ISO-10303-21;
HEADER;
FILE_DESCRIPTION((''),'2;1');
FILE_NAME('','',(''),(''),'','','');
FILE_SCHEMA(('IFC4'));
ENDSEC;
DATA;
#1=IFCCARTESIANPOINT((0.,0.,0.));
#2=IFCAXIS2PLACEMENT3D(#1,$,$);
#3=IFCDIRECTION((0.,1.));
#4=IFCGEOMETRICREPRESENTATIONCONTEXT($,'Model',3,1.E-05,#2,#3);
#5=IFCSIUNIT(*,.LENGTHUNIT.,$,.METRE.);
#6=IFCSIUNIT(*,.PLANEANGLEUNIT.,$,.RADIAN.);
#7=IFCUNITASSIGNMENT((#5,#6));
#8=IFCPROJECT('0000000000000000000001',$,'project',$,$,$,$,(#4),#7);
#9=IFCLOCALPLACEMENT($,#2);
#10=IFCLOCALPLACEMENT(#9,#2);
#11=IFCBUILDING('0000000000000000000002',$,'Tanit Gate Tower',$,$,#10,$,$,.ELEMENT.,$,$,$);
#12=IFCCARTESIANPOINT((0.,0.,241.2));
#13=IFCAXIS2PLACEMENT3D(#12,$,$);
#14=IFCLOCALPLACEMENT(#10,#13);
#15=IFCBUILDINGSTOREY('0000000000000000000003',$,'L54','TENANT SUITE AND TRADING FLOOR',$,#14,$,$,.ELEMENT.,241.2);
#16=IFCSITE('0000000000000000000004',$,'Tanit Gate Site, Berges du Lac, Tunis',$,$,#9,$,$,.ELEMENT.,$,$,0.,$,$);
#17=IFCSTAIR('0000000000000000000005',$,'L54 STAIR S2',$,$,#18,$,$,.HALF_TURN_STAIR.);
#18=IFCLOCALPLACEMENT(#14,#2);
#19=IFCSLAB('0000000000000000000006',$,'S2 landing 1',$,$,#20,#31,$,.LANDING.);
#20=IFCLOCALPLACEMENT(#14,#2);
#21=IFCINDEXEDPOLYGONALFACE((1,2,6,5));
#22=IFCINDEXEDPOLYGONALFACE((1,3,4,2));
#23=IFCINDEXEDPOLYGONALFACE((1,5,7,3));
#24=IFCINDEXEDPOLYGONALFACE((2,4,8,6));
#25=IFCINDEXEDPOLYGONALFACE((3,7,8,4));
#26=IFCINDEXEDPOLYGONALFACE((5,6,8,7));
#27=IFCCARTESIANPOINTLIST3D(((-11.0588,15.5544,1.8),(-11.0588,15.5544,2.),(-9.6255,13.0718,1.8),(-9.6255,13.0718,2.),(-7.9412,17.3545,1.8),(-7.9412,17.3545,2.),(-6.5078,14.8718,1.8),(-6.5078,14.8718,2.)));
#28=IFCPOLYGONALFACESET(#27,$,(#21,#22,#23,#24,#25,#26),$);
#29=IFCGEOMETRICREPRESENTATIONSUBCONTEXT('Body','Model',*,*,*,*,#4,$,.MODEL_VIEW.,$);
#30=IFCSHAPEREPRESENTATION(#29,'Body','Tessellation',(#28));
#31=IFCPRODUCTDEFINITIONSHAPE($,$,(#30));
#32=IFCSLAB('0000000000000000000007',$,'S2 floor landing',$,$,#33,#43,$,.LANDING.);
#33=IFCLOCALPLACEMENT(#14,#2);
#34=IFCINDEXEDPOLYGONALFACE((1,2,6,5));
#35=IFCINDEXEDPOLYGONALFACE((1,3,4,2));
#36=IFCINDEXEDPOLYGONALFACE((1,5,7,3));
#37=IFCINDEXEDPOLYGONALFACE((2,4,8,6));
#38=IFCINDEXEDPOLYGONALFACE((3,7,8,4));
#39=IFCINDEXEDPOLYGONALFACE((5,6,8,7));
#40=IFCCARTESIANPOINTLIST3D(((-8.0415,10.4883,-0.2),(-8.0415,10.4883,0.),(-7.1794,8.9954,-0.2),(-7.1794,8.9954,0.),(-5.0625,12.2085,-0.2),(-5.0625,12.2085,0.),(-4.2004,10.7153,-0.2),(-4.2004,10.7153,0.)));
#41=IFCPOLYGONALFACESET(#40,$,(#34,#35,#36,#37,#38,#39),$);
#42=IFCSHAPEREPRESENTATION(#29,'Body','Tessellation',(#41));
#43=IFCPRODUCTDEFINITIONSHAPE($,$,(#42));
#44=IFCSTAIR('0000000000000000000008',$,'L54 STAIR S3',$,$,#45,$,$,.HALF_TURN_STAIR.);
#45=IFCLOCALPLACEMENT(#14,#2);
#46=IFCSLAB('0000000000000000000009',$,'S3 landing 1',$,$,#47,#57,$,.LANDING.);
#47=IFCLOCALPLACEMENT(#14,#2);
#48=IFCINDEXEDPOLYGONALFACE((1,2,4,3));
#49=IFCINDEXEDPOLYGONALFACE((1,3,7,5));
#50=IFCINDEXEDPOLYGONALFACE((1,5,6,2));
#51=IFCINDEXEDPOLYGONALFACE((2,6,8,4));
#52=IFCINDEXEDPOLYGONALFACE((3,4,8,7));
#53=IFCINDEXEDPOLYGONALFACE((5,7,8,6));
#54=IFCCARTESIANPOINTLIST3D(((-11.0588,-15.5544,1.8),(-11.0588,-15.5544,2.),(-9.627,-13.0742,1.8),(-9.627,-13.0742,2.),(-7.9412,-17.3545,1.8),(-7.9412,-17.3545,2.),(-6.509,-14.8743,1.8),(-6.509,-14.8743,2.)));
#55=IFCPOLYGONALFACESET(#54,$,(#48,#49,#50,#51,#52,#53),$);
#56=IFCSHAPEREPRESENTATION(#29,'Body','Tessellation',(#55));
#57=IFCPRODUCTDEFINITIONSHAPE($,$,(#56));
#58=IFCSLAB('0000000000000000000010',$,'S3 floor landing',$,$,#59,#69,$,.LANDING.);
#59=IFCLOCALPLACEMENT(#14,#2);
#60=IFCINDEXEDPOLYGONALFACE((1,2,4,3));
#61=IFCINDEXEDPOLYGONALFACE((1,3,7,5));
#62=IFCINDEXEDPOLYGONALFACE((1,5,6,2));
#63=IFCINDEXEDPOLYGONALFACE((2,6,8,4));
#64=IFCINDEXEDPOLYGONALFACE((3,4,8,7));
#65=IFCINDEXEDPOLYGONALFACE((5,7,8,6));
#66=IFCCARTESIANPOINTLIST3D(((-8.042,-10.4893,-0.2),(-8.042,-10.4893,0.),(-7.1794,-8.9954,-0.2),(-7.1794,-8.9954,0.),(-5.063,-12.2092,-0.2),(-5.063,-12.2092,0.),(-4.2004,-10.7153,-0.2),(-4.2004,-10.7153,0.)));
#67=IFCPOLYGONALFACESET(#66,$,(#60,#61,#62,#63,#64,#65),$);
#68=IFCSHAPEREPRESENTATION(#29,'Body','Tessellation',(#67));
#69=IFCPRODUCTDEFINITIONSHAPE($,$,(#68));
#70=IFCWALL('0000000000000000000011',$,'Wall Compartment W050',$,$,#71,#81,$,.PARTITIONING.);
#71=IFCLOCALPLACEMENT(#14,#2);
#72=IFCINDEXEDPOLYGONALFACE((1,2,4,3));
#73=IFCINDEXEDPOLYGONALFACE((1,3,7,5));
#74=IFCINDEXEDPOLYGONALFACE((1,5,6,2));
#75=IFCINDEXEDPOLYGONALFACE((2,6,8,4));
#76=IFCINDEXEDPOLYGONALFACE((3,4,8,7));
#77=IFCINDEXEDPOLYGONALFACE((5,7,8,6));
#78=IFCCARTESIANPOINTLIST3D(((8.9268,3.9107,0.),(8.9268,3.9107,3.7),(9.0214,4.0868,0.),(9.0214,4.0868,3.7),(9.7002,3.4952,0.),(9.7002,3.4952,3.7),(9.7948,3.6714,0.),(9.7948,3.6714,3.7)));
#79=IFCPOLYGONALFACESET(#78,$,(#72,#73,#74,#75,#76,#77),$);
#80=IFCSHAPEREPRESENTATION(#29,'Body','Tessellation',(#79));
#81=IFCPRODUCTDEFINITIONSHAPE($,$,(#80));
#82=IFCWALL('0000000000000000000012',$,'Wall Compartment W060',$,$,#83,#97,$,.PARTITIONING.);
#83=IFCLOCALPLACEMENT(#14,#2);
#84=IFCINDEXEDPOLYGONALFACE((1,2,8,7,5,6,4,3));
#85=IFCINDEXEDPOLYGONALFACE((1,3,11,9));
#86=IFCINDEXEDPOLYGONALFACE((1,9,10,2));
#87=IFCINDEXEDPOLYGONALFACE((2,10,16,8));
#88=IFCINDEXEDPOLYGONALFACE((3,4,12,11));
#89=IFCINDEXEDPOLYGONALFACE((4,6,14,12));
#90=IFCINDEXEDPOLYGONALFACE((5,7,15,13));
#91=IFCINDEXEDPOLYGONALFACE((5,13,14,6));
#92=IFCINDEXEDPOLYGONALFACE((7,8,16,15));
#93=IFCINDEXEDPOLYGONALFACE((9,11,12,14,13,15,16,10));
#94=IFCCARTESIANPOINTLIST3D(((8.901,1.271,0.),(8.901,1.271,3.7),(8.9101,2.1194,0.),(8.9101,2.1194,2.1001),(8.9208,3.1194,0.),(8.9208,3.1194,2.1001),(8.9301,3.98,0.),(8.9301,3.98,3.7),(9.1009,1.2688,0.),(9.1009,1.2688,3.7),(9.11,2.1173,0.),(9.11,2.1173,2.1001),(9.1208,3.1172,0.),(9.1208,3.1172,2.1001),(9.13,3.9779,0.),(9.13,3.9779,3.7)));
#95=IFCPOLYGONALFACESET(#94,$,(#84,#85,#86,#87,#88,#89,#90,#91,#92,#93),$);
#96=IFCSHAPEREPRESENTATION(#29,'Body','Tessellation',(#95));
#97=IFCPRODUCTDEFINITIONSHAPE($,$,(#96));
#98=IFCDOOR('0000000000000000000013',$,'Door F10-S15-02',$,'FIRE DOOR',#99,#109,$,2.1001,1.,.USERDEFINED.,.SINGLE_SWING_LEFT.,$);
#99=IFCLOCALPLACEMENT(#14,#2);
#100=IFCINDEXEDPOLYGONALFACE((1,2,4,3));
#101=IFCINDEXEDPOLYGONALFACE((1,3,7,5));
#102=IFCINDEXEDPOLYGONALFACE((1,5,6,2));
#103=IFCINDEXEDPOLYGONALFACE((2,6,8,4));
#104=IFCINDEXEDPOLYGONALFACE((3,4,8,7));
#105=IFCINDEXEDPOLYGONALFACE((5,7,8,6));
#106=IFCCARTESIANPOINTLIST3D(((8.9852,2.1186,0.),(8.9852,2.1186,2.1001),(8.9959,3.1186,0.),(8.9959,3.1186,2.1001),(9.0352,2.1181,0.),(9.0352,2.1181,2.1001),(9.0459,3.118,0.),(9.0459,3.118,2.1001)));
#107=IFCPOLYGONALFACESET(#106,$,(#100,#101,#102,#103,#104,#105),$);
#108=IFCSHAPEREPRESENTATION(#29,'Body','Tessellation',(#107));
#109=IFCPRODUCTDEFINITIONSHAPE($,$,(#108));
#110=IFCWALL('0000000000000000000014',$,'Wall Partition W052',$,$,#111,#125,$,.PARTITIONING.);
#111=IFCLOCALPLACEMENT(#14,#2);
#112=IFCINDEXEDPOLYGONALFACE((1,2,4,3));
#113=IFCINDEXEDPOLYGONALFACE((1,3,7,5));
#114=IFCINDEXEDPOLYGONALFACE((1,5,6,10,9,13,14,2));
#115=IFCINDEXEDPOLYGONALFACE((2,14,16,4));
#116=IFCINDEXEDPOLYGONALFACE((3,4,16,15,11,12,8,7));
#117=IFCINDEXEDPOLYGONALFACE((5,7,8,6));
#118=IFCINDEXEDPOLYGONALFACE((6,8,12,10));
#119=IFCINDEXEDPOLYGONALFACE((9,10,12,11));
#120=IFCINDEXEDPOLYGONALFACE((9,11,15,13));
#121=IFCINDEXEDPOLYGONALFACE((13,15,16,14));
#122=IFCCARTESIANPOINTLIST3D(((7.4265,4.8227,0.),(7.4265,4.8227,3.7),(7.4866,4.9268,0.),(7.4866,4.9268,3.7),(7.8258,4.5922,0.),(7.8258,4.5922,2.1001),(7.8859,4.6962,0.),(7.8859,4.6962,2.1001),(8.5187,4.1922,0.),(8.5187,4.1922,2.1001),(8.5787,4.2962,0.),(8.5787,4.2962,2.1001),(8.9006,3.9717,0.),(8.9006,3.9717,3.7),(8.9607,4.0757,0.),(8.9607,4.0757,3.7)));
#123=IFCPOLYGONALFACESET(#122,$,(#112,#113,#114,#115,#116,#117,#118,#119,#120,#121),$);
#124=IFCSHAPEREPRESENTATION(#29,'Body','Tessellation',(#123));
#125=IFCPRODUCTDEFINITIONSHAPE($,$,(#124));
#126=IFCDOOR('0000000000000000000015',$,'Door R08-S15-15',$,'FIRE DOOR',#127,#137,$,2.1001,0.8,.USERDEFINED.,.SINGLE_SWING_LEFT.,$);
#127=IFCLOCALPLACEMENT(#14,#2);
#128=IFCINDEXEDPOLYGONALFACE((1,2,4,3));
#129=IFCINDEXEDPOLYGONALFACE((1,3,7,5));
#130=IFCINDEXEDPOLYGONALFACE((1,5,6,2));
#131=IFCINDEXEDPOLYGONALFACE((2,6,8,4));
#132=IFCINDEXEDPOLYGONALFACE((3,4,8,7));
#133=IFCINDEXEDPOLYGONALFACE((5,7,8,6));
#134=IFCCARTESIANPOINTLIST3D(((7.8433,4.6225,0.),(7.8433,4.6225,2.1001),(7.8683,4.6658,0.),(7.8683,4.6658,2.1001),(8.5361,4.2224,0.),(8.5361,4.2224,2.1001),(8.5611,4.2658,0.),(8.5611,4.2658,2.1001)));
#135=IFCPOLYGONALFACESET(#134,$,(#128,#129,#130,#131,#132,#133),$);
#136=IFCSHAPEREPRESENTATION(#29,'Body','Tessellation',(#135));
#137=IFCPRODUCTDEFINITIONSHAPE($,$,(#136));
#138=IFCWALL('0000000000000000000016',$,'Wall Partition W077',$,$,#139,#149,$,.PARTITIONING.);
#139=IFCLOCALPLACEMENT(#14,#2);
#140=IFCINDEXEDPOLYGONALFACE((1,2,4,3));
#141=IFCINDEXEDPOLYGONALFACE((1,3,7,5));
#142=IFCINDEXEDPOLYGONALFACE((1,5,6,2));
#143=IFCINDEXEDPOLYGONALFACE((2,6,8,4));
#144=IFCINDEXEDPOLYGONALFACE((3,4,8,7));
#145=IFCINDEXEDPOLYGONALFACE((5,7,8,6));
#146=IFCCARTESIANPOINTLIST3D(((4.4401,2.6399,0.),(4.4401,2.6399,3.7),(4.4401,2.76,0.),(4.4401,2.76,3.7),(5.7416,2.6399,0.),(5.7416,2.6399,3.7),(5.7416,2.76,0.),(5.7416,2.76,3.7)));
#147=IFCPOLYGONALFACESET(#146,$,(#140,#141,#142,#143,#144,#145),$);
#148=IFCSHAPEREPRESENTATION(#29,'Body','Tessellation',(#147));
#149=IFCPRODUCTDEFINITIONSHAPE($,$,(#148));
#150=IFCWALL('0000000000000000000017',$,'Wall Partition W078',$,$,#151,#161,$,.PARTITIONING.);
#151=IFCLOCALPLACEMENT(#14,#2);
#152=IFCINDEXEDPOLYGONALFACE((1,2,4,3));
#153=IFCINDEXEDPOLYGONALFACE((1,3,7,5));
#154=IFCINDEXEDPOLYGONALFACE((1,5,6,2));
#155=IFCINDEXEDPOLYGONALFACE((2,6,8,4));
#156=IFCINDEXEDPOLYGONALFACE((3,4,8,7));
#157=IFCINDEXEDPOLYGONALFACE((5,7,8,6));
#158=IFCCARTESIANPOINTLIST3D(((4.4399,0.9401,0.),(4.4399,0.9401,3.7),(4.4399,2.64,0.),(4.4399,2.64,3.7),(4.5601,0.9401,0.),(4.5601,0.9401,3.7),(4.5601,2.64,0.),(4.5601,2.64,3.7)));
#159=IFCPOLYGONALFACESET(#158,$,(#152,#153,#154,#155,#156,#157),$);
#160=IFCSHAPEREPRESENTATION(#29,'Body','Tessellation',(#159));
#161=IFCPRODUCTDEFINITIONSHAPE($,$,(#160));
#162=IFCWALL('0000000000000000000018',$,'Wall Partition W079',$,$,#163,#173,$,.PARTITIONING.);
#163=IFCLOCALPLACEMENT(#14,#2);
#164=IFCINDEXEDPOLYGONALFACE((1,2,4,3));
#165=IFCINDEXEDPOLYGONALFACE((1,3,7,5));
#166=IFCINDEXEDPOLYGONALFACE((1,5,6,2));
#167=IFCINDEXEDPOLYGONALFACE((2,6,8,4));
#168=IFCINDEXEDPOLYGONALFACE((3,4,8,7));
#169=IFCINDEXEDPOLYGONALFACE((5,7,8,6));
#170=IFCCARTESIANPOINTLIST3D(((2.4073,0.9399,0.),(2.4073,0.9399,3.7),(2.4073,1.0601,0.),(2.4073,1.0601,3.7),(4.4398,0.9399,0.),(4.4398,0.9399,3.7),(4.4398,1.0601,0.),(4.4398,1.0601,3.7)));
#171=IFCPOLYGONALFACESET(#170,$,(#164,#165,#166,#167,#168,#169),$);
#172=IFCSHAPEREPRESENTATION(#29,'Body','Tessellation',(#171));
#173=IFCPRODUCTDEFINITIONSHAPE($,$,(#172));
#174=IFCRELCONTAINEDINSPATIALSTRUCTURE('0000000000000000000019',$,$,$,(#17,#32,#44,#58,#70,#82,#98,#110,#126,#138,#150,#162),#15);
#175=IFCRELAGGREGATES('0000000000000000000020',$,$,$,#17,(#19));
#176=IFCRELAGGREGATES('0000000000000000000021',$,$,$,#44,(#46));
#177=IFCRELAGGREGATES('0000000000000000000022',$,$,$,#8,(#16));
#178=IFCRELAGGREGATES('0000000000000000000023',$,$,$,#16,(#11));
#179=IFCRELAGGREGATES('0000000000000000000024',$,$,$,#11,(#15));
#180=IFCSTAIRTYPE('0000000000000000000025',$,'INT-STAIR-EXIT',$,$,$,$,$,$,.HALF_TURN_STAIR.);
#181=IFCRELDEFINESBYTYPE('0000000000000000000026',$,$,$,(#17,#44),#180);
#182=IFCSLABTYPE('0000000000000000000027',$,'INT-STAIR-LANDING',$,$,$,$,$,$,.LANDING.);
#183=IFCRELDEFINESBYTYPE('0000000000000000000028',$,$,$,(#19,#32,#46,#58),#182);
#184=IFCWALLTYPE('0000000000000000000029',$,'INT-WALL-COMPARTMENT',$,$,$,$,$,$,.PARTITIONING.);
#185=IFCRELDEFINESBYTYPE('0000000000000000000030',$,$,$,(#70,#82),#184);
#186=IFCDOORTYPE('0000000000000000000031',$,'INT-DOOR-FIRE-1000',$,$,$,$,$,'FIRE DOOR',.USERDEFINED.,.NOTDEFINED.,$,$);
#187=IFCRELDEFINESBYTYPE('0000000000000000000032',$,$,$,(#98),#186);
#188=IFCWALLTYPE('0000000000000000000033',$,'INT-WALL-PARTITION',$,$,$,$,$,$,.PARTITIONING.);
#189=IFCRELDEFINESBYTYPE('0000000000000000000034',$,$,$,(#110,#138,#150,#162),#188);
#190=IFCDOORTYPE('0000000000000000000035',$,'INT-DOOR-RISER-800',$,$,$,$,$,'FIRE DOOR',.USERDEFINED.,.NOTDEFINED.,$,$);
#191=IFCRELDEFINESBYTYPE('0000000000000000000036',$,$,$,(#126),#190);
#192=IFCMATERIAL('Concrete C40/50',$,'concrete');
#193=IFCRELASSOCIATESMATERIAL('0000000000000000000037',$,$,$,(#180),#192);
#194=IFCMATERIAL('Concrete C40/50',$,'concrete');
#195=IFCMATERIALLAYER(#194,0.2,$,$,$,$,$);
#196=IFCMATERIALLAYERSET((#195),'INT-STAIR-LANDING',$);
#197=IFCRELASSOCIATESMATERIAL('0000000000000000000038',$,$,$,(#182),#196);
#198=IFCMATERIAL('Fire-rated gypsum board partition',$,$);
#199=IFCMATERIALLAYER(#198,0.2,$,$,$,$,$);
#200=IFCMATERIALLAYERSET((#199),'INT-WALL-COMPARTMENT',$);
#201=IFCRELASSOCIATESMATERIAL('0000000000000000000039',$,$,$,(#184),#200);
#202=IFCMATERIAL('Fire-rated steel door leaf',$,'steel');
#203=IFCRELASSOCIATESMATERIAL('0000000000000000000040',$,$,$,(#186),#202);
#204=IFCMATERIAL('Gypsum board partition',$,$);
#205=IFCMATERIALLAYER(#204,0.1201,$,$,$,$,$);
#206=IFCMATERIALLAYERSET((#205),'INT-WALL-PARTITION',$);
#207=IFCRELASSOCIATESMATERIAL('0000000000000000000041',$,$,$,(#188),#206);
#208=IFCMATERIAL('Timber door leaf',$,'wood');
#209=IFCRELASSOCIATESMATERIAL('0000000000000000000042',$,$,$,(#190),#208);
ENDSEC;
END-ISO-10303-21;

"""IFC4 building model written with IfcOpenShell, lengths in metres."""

from ifc_helpers import new_model, si_unit, direction, frame, frame_2d, origin, place, context, subcontext, project, spatial, polyline, rectangle, outline, extrude, material, layer, layer_set, type_object, element, fill, aggregate, save


model = new_model("IFC4")

# Units and contexts
model_context = context("Model", 3, precision=1e-05, world=origin(), true_north=direction((0.0, 1.0)))
body_context = subcontext(model_context, "Body", "Model", "MODEL_VIEW")
ifc_project = project(units=[si_unit("LENGTHUNIT", "METRE"), si_unit("PLANEANGLEUNIT", "RADIAN")], contexts=[model_context])

# Site, building, storey
site_placement = place(None, origin())
site = spatial("IfcSite", under=ifc_project, at=site_placement, Name="Tanit Gate Site, Berges du Lac, Tunis", CompositionType="ELEMENT", RefElevation=0.0)
building_placement = place(site_placement, origin())
building = spatial("IfcBuilding", under=site, at=building_placement, Name="Tanit Gate Tower", CompositionType="ELEMENT")
storey_placement = place(building_placement, frame((0.0, 0.0, 241.2)))
storey = spatial("IfcBuildingStorey", under=building, at=storey_placement, Name="L54", Description="TENANT SUITE AND TRADING FLOOR", CompositionType="ELEMENT", Elevation=241.2)

# Stair, slab
ifc_material_1 = material(Name="Concrete C40/50", Category="concrete")
stair_type = type_object("IfcStairType", Name="INT-STAIR-EXIT", PredefinedType="HALF_TURN_STAIR", material=ifc_material_1)
stair_1_placement = place(storey_placement, origin())
stair_1 = element("IfcStair", 1, at=stair_1_placement, inside=storey, type_object=stair_type, Name="L54 STAIR S2", PredefinedType="HALF_TURN_STAIR")
ifc_material_2 = material(Name="Concrete C40/50", Category="concrete")
ifc_layer_1 = layer(ifc_material_2, 0.2)
ifc_layer_set_1 = layer_set([ifc_layer_1], Name="INT-STAIR-LANDING")
slab_type = type_object("IfcSlabType", Name="INT-STAIR-LANDING", PredefinedType="LANDING", material=ifc_layer_set_1)
slab_1_placement = place(storey_placement, frame((0.0, 0.0, 1.8)))
slab_1 = element("IfcSlab", 2, at=slab_1_placement, type_object=slab_type, Name="S2 landing 1", PredefinedType="LANDING", context=body_context, shape_type="SweptSolid", body=[
    extrude(outline(polyline([(-6.5078, 14.8718), (-7.9412, 17.3545), (-11.0588, 15.5544), (-9.6255, 13.0718), (-6.5078, 14.8718)])), origin(), (0.0, 0.0, 1.0), 0.2),
])
aggregate(stair_1, [slab_1])

# Slab
slab_2_placement = place(storey_placement, frame((0.0, 0.0, -0.2)))
element("IfcSlab", 3, at=slab_2_placement, inside=storey, type_object=slab_type, Name="S2 floor landing", PredefinedType="LANDING", context=body_context, shape_type="SweptSolid", body=[
    extrude(outline(polyline([(-4.2004, 10.7153), (-5.0625, 12.2085), (-8.0415, 10.4883), (-7.1794, 8.9954), (-4.2004, 10.7153)])), origin(), (0.0, 0.0, 1.0), 0.2),
])

# Stair, slab
stair_2_placement = place(storey_placement, origin())
stair_2 = element("IfcStair", 4, at=stair_2_placement, inside=storey, type_object=stair_type, Name="L54 STAIR S3", PredefinedType="HALF_TURN_STAIR")
slab_3_placement = place(storey_placement, frame((0.0, 0.0, 1.8)))
slab_3 = element("IfcSlab", 5, at=slab_3_placement, type_object=slab_type, Name="S3 landing 1", PredefinedType="LANDING", context=body_context, shape_type="SweptSolid", body=[
    extrude(outline(polyline([(-9.627, -13.0742), (-11.0588, -15.5544), (-7.9412, -17.3545), (-6.509, -14.8743), (-9.627, -13.0742)])), origin(), (0.0, 0.0, 1.0), 0.2),
])
aggregate(stair_2, [slab_3])

# Slab
slab_4_placement = place(storey_placement, frame((0.0, 0.0, -0.2)))
element("IfcSlab", 6, at=slab_4_placement, inside=storey, type_object=slab_type, Name="S3 floor landing", PredefinedType="LANDING", context=body_context, shape_type="SweptSolid", body=[
    extrude(outline(polyline([(-7.1794, -8.9954), (-8.042, -10.4893), (-5.063, -12.2092), (-4.2004, -10.7153), (-7.1794, -8.9954)])), origin(), (0.0, 0.0, 1.0), 0.2),
])

# Wall
ifc_material_3 = material(Name="Fire-rated gypsum board partition")
ifc_layer_2 = layer(ifc_material_3, 0.2)
ifc_layer_set_2 = layer_set([ifc_layer_2], Name="INT-WALL-COMPARTMENT")
wall_type_1 = type_object("IfcWallType", Name="INT-WALL-COMPARTMENT", PredefinedType="PARTITIONING", material=ifc_layer_set_2)
wall_1_placement = place(storey_placement, frame((8.9741, 3.9988, 0.0), z_axis=(0.0, 0.0, 1.0), x_axis=(0.880917, -0.473271, 0.0)))
element("IfcWall", 7, at=wall_1_placement, inside=storey, type_object=wall_type_1, Name="Wall Compartment W050", PredefinedType="PARTITIONING", context=body_context, shape_type="SweptSolid", body=[
    extrude(rectangle(XDim=0.8779, YDim=0.2, at=frame_2d((0.439, 0.0))), origin(), (0.0, 0.0, 1.0), 3.7),
])

# Walls, openings, doors
wall_2_placement = place(storey_placement, frame((9.001, 1.27, 0.0), z_axis=(0.0, 0.0, 1.0), x_axis=(0.010724, 0.999942, 0.0)))
wall_2 = element("IfcWall", 8, at=wall_2_placement, inside=storey, type_object=wall_type_1, Name="Wall Compartment W060", PredefinedType="PARTITIONING", context=body_context, shape_type="SweptSolid", body=[
    extrude(rectangle(XDim=2.7092, YDim=0.2, at=frame_2d((1.3545, 0.0))), origin(), (0.0, 0.0, 1.0), 3.7),
])
opening_1_placement = place(wall_2_placement, frame((0.8484, 0.0, 0.0)))
opening_1 = element("IfcOpeningElement", 9, at=opening_1_placement, cuts=wall_2, PredefinedType="OPENING", context=body_context, shape_type="SweptSolid", body=[
    extrude(rectangle(XDim=1.0, YDim=2.1001, at=frame_2d((0.5, 1.05))), frame((0.0, 0.1099, 0.0), z_axis=(0.0, -1.0, 0.0), x_axis=(1.0, 0.0, 0.0)), (0.0, 0.0, 1.0), 0.22),
])
ifc_material_4 = material(Name="Fire-rated steel door leaf", Category="steel")
door_type_1 = type_object("IfcDoorType", Name="INT-DOOR-FIRE-1000", ElementType="FIRE DOOR", OperationType="NOTDEFINED", PredefinedType="USERDEFINED", material=ifc_material_4)
door_1_placement = place(opening_1_placement, origin())
door_1 = element("IfcDoor", 10, at=door_1_placement, inside=storey, type_object=door_type_1, Name="Door F10-S15-02", ObjectType="FIRE DOOR", OperationType="SINGLE_SWING_LEFT", OverallHeight=2.1001, OverallWidth=1.0, PredefinedType="USERDEFINED", context=body_context, shape_type="SweptSolid", body=[
    extrude(rectangle(XDim=1.0, YDim=2.1001, at=frame_2d((0.5, 1.05))), frame((0.0, 0.0249, 0.0), z_axis=(0.0, -1.0, 0.0), x_axis=(1.0, 0.0, 0.0)), (0.0, 0.0, 1.0), 0.05),
])
fill(opening_1, door_1)
ifc_material_5 = material(Name="Gypsum board partition")
ifc_layer_3 = layer(ifc_material_5, 0.1201)
ifc_layer_set_3 = layer_set([ifc_layer_3], Name="INT-WALL-PARTITION")
wall_type_2 = type_object("IfcWallType", Name="INT-WALL-PARTITION", PredefinedType="PARTITIONING", material=ifc_layer_set_3)
wall_3_placement = place(storey_placement, frame((7.4565, 4.8748, 0.0), z_axis=(0.0, 0.0, 1.0), x_axis=(0.866028, -0.499996, 0.0)))
wall_3 = element("IfcWall", 11, at=wall_3_placement, inside=storey, type_object=wall_type_2, Name="Wall Partition W052", PredefinedType="PARTITIONING", context=body_context, shape_type="SweptSolid", body=[
    extrude(rectangle(XDim=1.7021, YDim=0.1201, at=frame_2d((0.8511, 0.0))), origin(), (0.0, 0.0, 1.0), 3.7),
])
opening_2_placement = place(wall_3_placement, frame((0.4612, 0.0, 0.0)))
opening_2 = element("IfcOpeningElement", 12, at=opening_2_placement, cuts=wall_3, PredefinedType="OPENING", context=body_context, shape_type="SweptSolid", body=[
    extrude(rectangle(XDim=0.8, YDim=2.1001, at=frame_2d((0.3999, 1.05))), frame((0.0, 0.0701, 0.0), z_axis=(0.0, -1.0, 0.0), x_axis=(1.0, 0.0, 0.0)), (0.0, 0.0, 1.0), 0.1401),
])
ifc_material_6 = material(Name="Timber door leaf", Category="wood")
door_type_2 = type_object("IfcDoorType", Name="INT-DOOR-RISER-800", ElementType="FIRE DOOR", OperationType="NOTDEFINED", PredefinedType="USERDEFINED", material=ifc_material_6)
door_2_placement = place(opening_2_placement, origin())
door_2 = element("IfcDoor", 13, at=door_2_placement, inside=storey, type_object=door_type_2, Name="Door R08-S15-15", ObjectType="FIRE DOOR", OperationType="SINGLE_SWING_LEFT", OverallHeight=2.1001, OverallWidth=0.8, PredefinedType="USERDEFINED", context=body_context, shape_type="SweptSolid", body=[
    extrude(rectangle(XDim=0.8, YDim=2.1001, at=frame_2d((0.3999, 1.05))), frame((0.0, 0.0249, 0.0), z_axis=(0.0, -1.0, 0.0), x_axis=(1.0, 0.0, 0.0)), (0.0, 0.0, 1.0), 0.05),
])
fill(opening_2, door_2)

# Walls
wall_4_placement = place(storey_placement, frame((4.4399, 2.7, 0.0), z_axis=(0.0, 0.0, 1.0), x_axis=(1.0, 0.0, 0.0)))
element("IfcWall", 14, at=wall_4_placement, inside=storey, type_object=wall_type_2, Name="Wall Partition W077", PredefinedType="PARTITIONING", context=body_context, shape_type="SweptSolid", body=[
    extrude(rectangle(XDim=1.3015, YDim=0.1201, at=frame_2d((0.6509, 0.0))), origin(), (0.0, 0.0, 1.0), 3.7),
])
wall_5_placement = place(storey_placement, frame((4.5, 0.9399, 0.0), z_axis=(0.0, 0.0, 1.0), x_axis=(0.0, 1.0, 0.0)))
element("IfcWall", 15, at=wall_5_placement, inside=storey, type_object=wall_type_2, Name="Wall Partition W078", PredefinedType="PARTITIONING", context=body_context, shape_type="SweptSolid", body=[
    extrude(rectangle(XDim=1.7, YDim=0.1201, at=frame_2d((0.8501, 0.0))), origin(), (0.0, 0.0, 1.0), 3.7),
])
wall_6_placement = place(storey_placement, frame((2.4075, 1.0, 0.0), z_axis=(0.0, 0.0, 1.0), x_axis=(1.0, 0.0, 0.0)))
element("IfcWall", 16, at=wall_6_placement, inside=storey, type_object=wall_type_2, Name="Wall Partition W079", PredefinedType="PARTITIONING", context=body_context, shape_type="SweptSolid", body=[
    extrude(rectangle(XDim=2.0325, YDim=0.1201, at=frame_2d((1.0161, 0.0))), origin(), (0.0, 0.0, 1.0), 3.7),
])

save(model, "model.ifc")
